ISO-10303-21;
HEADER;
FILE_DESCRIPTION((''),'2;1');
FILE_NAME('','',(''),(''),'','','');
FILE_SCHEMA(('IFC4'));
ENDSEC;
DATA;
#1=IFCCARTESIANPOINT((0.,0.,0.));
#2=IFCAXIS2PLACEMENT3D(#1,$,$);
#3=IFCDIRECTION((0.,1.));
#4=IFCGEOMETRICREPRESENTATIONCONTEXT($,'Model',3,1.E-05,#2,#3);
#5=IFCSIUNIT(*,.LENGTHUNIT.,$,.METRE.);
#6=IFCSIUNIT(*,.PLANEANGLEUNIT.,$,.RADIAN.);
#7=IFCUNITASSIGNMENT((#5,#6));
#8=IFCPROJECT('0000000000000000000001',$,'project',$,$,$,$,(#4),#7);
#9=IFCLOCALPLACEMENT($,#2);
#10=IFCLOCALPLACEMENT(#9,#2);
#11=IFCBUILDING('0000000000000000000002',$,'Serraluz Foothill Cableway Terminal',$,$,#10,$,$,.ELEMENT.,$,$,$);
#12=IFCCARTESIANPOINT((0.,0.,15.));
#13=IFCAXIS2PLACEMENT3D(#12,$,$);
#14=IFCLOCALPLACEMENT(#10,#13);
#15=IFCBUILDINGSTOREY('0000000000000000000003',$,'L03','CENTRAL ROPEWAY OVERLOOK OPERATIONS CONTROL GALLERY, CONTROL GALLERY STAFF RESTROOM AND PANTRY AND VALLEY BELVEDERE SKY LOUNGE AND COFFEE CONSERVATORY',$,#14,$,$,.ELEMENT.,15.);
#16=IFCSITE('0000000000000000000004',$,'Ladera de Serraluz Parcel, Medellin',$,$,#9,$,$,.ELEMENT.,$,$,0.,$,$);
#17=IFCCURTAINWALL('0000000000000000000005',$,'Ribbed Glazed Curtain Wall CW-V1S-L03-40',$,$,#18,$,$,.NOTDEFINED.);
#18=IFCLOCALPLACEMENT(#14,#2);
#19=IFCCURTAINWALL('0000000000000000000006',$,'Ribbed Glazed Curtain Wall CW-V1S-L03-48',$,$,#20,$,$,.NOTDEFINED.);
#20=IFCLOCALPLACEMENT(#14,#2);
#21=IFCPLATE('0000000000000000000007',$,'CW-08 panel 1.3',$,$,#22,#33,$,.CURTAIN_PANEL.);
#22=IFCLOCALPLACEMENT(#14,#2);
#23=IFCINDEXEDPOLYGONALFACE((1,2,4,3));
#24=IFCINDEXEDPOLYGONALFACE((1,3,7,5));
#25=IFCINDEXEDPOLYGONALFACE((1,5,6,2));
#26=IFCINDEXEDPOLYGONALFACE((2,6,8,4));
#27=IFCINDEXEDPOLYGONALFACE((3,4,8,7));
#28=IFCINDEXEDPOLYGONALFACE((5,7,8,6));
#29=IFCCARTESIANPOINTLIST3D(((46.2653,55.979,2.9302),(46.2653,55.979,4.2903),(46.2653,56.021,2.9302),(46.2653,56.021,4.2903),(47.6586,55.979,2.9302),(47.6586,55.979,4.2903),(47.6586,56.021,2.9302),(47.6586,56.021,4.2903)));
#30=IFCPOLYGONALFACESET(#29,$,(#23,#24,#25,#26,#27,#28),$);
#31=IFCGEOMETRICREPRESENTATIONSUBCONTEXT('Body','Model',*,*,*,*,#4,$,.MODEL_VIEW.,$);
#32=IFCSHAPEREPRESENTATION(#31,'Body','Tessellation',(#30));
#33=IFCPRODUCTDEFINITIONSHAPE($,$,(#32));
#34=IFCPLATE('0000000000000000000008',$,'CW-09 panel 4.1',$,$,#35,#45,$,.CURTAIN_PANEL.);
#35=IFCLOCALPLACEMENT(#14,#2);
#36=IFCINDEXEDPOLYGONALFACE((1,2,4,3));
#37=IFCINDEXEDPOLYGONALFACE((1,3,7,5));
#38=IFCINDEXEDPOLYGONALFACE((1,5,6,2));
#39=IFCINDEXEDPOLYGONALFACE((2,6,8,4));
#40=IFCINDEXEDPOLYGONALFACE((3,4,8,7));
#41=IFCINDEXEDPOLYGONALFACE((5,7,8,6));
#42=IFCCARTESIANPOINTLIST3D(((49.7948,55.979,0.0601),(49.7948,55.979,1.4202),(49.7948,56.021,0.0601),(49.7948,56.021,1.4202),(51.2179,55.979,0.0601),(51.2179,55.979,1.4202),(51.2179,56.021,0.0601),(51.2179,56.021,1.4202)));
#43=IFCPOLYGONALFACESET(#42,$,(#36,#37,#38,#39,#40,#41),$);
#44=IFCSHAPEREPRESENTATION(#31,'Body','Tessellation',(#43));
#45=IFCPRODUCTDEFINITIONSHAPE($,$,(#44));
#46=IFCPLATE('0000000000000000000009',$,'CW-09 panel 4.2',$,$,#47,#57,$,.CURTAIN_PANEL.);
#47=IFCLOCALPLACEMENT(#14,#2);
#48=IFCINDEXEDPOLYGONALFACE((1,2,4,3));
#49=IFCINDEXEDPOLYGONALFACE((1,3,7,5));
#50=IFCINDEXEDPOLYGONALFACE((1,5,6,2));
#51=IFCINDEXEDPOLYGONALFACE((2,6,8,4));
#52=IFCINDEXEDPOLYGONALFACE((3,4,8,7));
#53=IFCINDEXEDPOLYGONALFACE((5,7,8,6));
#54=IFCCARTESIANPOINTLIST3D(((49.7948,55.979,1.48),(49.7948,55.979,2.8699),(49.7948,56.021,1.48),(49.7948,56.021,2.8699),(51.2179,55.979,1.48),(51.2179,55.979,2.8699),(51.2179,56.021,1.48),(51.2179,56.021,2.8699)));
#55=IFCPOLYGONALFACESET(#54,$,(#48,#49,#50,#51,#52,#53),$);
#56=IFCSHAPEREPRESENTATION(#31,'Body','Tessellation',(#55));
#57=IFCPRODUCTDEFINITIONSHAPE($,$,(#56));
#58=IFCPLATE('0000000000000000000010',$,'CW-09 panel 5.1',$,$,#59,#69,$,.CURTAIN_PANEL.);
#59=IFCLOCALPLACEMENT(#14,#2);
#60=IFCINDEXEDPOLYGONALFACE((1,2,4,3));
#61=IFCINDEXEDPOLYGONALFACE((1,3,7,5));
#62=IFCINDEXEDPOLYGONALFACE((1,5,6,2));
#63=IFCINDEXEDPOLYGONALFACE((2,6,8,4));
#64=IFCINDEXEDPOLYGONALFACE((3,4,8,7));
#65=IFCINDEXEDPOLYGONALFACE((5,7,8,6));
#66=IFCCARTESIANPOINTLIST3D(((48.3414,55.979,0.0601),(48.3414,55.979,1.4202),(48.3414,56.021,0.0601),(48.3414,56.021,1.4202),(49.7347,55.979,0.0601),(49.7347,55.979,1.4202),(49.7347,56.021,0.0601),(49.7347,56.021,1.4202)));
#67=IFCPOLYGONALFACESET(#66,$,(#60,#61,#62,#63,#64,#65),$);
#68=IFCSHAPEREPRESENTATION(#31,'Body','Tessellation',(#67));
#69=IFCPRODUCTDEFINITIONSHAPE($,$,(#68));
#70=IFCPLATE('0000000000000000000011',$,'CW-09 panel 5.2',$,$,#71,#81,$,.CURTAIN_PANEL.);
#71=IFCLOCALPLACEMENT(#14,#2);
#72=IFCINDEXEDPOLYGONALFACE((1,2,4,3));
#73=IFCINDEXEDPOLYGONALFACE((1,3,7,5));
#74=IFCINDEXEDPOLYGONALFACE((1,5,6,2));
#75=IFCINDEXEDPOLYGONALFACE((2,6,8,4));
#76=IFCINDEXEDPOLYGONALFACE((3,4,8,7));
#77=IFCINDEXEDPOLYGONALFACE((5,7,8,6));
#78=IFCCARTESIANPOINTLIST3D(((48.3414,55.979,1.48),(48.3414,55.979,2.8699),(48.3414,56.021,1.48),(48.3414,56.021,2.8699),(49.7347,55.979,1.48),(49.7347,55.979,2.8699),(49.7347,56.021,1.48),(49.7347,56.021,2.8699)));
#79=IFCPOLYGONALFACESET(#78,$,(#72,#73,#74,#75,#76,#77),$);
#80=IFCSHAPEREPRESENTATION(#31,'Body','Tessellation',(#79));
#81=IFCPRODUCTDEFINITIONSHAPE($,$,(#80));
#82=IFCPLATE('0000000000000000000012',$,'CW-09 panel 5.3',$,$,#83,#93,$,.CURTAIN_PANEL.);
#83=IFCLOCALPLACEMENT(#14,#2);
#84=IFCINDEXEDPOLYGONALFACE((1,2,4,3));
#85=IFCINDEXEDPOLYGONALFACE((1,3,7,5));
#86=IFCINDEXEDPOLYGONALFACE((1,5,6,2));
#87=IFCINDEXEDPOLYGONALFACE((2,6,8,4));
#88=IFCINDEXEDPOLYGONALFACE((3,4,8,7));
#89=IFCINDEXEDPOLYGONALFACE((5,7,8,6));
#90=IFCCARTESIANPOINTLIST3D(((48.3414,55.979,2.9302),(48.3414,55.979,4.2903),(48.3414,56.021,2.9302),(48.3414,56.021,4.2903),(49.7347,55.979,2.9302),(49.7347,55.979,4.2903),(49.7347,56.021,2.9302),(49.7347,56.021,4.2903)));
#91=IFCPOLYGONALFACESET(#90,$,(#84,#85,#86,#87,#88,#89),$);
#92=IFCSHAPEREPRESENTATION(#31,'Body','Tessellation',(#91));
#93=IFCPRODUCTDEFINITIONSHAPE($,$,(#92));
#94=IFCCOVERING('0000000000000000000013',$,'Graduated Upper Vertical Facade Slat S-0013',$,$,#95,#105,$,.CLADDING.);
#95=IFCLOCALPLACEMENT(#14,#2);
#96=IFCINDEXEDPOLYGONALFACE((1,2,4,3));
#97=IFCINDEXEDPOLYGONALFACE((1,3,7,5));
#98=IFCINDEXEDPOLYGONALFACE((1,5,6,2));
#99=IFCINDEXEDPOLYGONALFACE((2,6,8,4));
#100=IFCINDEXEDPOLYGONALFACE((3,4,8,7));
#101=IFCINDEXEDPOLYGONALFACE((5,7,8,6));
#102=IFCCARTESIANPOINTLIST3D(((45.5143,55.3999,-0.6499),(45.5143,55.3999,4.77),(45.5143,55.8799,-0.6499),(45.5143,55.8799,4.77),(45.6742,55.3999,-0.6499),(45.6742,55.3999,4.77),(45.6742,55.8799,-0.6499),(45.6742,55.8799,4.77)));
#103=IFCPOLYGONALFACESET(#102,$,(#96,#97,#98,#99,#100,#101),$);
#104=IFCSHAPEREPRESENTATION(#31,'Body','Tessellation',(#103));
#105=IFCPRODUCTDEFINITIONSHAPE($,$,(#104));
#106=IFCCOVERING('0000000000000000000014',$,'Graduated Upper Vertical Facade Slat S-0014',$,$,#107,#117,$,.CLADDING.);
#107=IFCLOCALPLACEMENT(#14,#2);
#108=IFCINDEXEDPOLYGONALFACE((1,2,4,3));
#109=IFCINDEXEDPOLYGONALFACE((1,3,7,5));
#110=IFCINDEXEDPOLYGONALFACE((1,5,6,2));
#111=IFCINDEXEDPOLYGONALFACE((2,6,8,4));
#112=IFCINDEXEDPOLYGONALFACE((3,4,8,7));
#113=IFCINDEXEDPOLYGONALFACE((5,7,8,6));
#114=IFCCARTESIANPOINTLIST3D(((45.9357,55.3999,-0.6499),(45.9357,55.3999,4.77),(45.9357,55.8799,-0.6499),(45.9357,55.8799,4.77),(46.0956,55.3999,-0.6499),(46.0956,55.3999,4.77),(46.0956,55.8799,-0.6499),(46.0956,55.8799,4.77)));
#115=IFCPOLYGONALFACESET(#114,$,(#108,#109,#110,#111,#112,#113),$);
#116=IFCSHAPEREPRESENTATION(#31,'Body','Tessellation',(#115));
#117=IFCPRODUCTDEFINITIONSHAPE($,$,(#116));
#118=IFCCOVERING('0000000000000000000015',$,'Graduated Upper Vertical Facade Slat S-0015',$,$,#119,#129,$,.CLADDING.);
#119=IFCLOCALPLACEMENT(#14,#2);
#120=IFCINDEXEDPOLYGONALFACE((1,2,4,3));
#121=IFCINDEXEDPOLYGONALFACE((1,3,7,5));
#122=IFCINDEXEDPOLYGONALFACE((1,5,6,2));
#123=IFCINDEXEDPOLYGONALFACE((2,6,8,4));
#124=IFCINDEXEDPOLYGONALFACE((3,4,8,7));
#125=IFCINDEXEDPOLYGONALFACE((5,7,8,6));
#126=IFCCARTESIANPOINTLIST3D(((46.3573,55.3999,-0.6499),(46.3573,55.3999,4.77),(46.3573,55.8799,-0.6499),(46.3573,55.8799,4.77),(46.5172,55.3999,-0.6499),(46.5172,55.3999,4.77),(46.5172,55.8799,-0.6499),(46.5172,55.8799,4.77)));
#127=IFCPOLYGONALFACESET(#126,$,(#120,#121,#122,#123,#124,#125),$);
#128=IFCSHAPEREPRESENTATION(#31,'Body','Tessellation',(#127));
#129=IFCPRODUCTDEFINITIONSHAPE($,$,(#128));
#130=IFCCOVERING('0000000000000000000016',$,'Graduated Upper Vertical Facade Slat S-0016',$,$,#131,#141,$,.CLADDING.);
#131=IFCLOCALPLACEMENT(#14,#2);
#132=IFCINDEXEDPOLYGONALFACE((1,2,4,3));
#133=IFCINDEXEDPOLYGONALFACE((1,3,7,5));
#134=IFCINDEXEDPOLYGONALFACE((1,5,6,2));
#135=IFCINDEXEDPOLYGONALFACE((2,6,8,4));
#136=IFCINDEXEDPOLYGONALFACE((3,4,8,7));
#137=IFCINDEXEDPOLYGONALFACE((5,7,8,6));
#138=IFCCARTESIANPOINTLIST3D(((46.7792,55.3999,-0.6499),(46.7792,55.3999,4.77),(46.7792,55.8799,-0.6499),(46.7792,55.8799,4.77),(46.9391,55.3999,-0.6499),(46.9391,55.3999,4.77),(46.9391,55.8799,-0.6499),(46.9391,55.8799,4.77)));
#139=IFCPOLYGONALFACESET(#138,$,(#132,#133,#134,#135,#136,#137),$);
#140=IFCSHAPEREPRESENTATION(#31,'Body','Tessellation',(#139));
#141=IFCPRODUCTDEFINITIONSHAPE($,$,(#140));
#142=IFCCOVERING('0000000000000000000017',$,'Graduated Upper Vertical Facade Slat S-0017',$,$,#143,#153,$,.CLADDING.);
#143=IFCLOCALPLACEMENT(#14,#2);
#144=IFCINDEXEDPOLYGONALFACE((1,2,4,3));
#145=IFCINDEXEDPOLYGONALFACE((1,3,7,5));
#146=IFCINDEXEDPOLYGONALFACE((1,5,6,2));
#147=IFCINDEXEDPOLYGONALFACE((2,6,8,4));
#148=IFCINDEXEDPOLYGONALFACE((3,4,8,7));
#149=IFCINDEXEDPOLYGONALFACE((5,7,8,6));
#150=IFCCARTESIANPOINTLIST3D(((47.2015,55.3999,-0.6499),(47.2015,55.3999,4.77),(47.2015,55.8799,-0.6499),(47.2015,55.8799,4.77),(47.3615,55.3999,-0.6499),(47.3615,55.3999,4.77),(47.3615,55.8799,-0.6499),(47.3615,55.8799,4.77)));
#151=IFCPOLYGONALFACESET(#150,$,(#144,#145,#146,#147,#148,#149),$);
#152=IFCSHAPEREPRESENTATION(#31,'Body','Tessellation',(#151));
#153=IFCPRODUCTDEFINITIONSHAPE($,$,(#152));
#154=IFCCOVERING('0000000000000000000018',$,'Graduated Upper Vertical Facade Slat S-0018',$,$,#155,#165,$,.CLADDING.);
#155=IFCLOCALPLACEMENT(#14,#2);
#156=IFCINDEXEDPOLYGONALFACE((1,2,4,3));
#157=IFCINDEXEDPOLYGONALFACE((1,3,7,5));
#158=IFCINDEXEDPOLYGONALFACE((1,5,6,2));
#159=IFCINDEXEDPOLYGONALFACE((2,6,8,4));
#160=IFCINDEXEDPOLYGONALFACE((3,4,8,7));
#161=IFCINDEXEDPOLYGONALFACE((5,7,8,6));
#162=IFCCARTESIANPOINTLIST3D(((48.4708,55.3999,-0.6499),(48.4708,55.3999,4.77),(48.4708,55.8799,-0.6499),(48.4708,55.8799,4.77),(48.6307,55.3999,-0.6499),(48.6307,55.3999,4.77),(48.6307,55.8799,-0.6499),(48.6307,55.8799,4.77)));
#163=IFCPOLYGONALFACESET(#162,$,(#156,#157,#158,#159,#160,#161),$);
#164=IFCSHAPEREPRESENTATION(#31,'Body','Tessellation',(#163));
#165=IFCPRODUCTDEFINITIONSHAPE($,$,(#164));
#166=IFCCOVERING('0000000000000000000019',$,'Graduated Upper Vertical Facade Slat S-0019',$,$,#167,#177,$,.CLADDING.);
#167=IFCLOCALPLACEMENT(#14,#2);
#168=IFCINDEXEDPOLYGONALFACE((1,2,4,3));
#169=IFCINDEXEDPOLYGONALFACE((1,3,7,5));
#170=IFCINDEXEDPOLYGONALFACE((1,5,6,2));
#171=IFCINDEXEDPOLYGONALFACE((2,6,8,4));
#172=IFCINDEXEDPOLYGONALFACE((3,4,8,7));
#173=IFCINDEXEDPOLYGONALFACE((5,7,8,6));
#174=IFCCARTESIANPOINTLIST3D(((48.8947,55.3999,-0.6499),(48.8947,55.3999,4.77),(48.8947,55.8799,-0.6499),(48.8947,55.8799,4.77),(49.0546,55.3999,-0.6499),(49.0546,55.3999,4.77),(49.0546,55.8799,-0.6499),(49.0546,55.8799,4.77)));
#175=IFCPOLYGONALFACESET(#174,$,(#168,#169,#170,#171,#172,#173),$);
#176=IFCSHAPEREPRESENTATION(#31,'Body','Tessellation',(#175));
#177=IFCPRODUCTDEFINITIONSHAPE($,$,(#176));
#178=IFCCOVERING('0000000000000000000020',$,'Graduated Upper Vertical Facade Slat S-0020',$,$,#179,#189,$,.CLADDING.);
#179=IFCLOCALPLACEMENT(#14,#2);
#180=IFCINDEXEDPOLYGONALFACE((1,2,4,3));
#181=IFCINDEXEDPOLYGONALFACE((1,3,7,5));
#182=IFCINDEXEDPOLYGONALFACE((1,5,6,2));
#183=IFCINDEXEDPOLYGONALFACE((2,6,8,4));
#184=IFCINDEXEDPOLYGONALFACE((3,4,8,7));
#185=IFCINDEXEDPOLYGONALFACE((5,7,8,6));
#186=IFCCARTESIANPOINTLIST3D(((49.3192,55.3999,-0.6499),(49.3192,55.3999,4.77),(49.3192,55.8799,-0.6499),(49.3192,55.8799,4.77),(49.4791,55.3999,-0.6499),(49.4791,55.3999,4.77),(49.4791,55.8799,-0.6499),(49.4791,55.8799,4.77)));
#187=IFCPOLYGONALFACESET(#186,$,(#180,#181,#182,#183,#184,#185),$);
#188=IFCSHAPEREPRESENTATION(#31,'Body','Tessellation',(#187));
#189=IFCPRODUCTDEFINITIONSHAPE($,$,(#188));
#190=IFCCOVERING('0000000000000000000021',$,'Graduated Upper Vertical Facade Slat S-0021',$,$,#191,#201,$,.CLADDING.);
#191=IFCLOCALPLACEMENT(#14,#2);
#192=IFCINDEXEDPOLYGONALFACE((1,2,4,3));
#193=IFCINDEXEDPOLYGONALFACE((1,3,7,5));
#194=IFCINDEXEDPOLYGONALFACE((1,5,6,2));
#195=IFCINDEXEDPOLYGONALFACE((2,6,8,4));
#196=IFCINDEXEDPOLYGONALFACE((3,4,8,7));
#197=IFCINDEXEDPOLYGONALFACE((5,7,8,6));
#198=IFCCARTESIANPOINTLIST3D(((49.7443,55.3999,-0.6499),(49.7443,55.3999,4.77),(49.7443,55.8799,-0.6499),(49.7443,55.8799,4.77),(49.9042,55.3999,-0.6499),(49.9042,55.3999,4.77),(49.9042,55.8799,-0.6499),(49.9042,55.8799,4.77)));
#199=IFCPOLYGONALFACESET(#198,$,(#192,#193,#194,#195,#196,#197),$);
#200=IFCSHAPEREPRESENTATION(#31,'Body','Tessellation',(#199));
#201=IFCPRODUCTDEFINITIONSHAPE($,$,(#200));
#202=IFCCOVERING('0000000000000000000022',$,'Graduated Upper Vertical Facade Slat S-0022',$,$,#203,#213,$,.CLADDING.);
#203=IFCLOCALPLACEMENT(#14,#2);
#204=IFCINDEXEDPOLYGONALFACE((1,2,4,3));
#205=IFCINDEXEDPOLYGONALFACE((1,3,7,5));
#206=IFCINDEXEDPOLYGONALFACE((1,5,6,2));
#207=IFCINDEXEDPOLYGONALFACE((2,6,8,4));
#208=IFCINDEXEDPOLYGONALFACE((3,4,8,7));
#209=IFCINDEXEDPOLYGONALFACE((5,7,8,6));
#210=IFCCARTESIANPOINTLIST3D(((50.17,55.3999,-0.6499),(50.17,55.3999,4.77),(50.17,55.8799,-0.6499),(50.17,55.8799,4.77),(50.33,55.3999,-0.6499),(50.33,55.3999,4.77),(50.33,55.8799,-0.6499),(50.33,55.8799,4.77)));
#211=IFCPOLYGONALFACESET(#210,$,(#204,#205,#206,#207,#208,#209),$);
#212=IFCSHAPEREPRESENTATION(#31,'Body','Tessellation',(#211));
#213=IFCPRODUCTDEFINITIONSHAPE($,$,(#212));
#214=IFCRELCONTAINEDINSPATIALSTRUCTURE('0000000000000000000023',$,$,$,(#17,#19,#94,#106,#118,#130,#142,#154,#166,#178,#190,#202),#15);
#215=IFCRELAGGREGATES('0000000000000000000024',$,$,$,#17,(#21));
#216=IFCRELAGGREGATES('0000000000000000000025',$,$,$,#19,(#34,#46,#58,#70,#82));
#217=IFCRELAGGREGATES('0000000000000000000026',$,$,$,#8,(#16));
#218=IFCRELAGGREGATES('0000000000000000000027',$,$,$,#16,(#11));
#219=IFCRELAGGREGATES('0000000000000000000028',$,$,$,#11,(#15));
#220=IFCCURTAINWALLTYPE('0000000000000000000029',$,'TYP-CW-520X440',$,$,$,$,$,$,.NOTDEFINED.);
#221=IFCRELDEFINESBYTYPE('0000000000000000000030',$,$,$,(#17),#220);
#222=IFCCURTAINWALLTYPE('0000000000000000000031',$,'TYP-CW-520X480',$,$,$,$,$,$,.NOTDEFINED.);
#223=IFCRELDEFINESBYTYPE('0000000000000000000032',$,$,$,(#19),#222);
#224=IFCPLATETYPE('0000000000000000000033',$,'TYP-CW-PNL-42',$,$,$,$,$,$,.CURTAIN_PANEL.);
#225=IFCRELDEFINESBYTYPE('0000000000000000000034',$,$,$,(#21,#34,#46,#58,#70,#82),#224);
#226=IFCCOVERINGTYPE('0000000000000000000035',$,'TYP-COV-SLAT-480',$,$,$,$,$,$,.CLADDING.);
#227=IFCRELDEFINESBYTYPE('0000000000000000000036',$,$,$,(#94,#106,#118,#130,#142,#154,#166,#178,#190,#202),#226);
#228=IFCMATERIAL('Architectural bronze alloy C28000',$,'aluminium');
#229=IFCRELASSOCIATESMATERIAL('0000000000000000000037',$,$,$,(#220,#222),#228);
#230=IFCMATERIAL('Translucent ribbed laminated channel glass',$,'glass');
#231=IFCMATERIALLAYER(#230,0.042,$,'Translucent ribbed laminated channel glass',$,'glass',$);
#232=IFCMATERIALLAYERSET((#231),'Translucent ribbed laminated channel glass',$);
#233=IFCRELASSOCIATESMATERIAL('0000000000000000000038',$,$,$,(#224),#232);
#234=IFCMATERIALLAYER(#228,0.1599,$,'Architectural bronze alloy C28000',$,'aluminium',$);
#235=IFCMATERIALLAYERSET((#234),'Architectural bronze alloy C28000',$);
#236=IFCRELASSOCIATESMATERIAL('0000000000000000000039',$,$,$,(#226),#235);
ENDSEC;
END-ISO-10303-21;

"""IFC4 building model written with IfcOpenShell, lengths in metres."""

from ifc_helpers import new_model, si_unit, direction, frame, origin, origin_2d, place, context, subcontext, project, spatial, rectangle, extrude, material, layer, layer_set, type_object, element, aggregate, save


model = new_model("IFC4")

# Units and contexts
model_context = context("Model", 3, precision=1e-05, world=origin(), true_north=direction((0.0, 1.0)))
body_context = subcontext(model_context, "Body", "Model", "MODEL_VIEW")
ifc_project = project(units=[si_unit("LENGTHUNIT", "METRE"), si_unit("PLANEANGLEUNIT", "RADIAN")], contexts=[model_context])

# Site, building, storey
site_placement = place(None, origin())
site = spatial("IfcSite", under=ifc_project, at=site_placement, Name="Ladera de Serraluz Parcel, Medellin", CompositionType="ELEMENT", RefElevation=0.0)
building_placement = place(site_placement, origin())
building = spatial("IfcBuilding", under=site, at=building_placement, Name="Serraluz Foothill Cableway Terminal", CompositionType="ELEMENT")
storey_placement = place(building_placement, frame((0.0, 0.0, 15.0)))
storey = spatial("IfcBuildingStorey", under=building, at=storey_placement, Name="L03", Description="CENTRAL ROPEWAY OVERLOOK OPERATIONS CONTROL GALLERY, CONTROL GALLERY STAFF RESTROOM AND PANTRY AND VALLEY BELVEDERE SKY LOUNGE AND COFFEE CONSERVATORY", CompositionType="ELEMENT", Elevation=15.0)

# Curtain walls
ifc_material_1 = material(Name="Architectural bronze alloy C28000", Category="aluminium")
curtain_wall_type_1 = type_object("IfcCurtainWallType", Name="TYP-CW-520X440", PredefinedType="NOTDEFINED", material=ifc_material_1)
curtain_wall_1_placement = place(storey_placement, origin())
curtain_wall_1 = element("IfcCurtainWall", 1, at=curtain_wall_1_placement, inside=storey, type_object=curtain_wall_type_1, Name="Ribbed Glazed Curtain Wall CW-V1S-L03-40", PredefinedType="NOTDEFINED")
curtain_wall_type_2 = type_object("IfcCurtainWallType", Name="TYP-CW-520X480", PredefinedType="NOTDEFINED", material=ifc_material_1)
curtain_wall_2_placement = place(storey_placement, origin())
curtain_wall_2 = element("IfcCurtainWall", 2, at=curtain_wall_2_placement, inside=storey, type_object=curtain_wall_type_2, Name="Ribbed Glazed Curtain Wall CW-V1S-L03-48", PredefinedType="NOTDEFINED")

# Plates
ifc_material_2 = material(Name="Translucent ribbed laminated channel glass", Category="glass")
ifc_layer_1 = layer(ifc_material_2, 0.042, Name="Translucent ribbed laminated channel glass", Category="glass")
ifc_layer_set_1 = layer_set([ifc_layer_1], Name="Translucent ribbed laminated channel glass")
plate_type = type_object("IfcPlateType", Name="TYP-CW-PNL-42", PredefinedType="CURTAIN_PANEL", material=ifc_layer_set_1)
plate_1_placement = place(storey_placement, frame((46.9619, 56.0, 2.9302), z_axis=(0.0, 0.0, 1.0), x_axis=(-1.0, 0.0, 0.0)))
plate_1 = element("IfcPlate", 3, at=plate_1_placement, type_object=plate_type, Name="CW-08 panel 1.3", PredefinedType="CURTAIN_PANEL", context=body_context, shape_type="SweptSolid", body=[
    extrude(rectangle(XDim=1.3933, YDim=0.042, at=origin_2d()), origin(), (0.0, 0.0, 1.0), 1.3601),
])
aggregate(curtain_wall_1, [plate_1])
plate_2_placement = place(storey_placement, frame((50.5063, 56.0, 0.0601), z_axis=(0.0, 0.0, 1.0), x_axis=(-1.0, 0.0, 0.0)))
plate_2 = element("IfcPlate", 4, at=plate_2_placement, type_object=plate_type, Name="CW-09 panel 4.1", PredefinedType="CURTAIN_PANEL", context=body_context, shape_type="SweptSolid", body=[
    extrude(rectangle(XDim=1.4231, YDim=0.042, at=origin_2d()), origin(), (0.0, 0.0, 1.0), 1.3601),
])
plate_3_placement = place(storey_placement, frame((50.5063, 56.0, 1.48), z_axis=(0.0, 0.0, 1.0), x_axis=(-1.0, 0.0, 0.0)))
plate_3 = element("IfcPlate", 5, at=plate_3_placement, type_object=plate_type, Name="CW-09 panel 4.2", PredefinedType="CURTAIN_PANEL", context=body_context, shape_type="SweptSolid", body=[
    extrude(rectangle(XDim=1.4231, YDim=0.042, at=origin_2d()), origin(), (0.0, 0.0, 1.0), 1.3899),
])
plate_4_placement = place(storey_placement, frame((49.0381, 56.0, 0.0601), z_axis=(0.0, 0.0, 1.0), x_axis=(-1.0, 0.0, 0.0)))
plate_4 = element("IfcPlate", 6, at=plate_4_placement, type_object=plate_type, Name="CW-09 panel 5.1", PredefinedType="CURTAIN_PANEL", context=body_context, shape_type="SweptSolid", body=[
    extrude(rectangle(XDim=1.3933, YDim=0.042, at=origin_2d()), origin(), (0.0, 0.0, 1.0), 1.3601),
])
plate_5_placement = place(storey_placement, frame((49.0381, 56.0, 1.48), z_axis=(0.0, 0.0, 1.0), x_axis=(-1.0, 0.0, 0.0)))
plate_5 = element("IfcPlate", 7, at=plate_5_placement, type_object=plate_type, Name="CW-09 panel 5.2", PredefinedType="CURTAIN_PANEL", context=body_context, shape_type="SweptSolid", body=[
    extrude(rectangle(XDim=1.3933, YDim=0.042, at=origin_2d()), origin(), (0.0, 0.0, 1.0), 1.3899),
])
plate_6_placement = place(storey_placement, frame((49.0381, 56.0, 2.9302), z_axis=(0.0, 0.0, 1.0), x_axis=(-1.0, 0.0, 0.0)))
plate_6 = element("IfcPlate", 8, at=plate_6_placement, type_object=plate_type, Name="CW-09 panel 5.3", PredefinedType="CURTAIN_PANEL", context=body_context, shape_type="SweptSolid", body=[
    extrude(rectangle(XDim=1.3933, YDim=0.042, at=origin_2d()), origin(), (0.0, 0.0, 1.0), 1.3601),
])
aggregate(curtain_wall_2, [plate_2, plate_3, plate_4, plate_5, plate_6])

# Coverings
ifc_layer_2 = layer(ifc_material_1, 0.1599, Name="Architectural bronze alloy C28000", Category="aluminium")
ifc_layer_set_2 = layer_set([ifc_layer_2], Name="Architectural bronze alloy C28000")
covering_type = type_object("IfcCoveringType", Name="TYP-COV-SLAT-480", PredefinedType="CLADDING", material=ifc_layer_set_2)
for number, where, z_axis, x_axis, name in (
    (9, (45.5942, 55.6399, -0.6499), (0.0, 0.0, 1.0), (1.0, 0.0, 0.0), "Graduated Upper Vertical Facade Slat S-0013"),
    (10, (46.0156, 55.6399, -0.6499), (0.0, 0.0, 1.0), (1.0, 0.0, 0.0), "Graduated Upper Vertical Facade Slat S-0014"),
    (11, (46.4373, 55.6399, -0.6499), (0.0, 0.0, 1.0), (1.0, 0.0, 0.0), "Graduated Upper Vertical Facade Slat S-0015"),
    (12, (46.8591, 55.6399, -0.6499), (0.0, 0.0, 1.0), (1.0, 0.0, 0.0), "Graduated Upper Vertical Facade Slat S-0016"),
    (13, (47.2815, 55.6399, -0.6499), (0.0, 0.0, 1.0), (1.0, 0.0, 0.0), "Graduated Upper Vertical Facade Slat S-0017"),
    (14, (48.5508, 55.6399, -0.6499), (0.0, 0.0, 1.0), (1.0, 0.0, 0.0), "Graduated Upper Vertical Facade Slat S-0018"),
    (15, (48.9746, 55.6399, -0.6499), (0.0, 0.0, 1.0), (1.0, 0.0, 0.0), "Graduated Upper Vertical Facade Slat S-0019"),
    (16, (49.3992, 55.6399, -0.6499), (0.0, 0.0, 1.0), (1.0, 0.0, 0.0), "Graduated Upper Vertical Facade Slat S-0020"),
    (17, (49.8242, 55.6399, -0.6499), (0.0, 0.0, 1.0), (1.0, 0.0, 0.0), "Graduated Upper Vertical Facade Slat S-0021"),
    (18, (50.25, 55.6399, -0.6499), (0.0, 0.0, 1.0), (1.0, 0.0, 0.0), "Graduated Upper Vertical Facade Slat S-0022"),
):
    element("IfcCovering", number, at=place(storey_placement, frame(where, z_axis=z_axis, x_axis=x_axis)), inside=storey, type_object=covering_type, Name=name, PredefinedType="CLADDING", context=body_context, shape_type="SweptSolid", body=[
        extrude(rectangle(XDim=0.1599, YDim=0.48, at=origin_2d()), origin(), (0.0, 0.0, 1.0), 5.4199),
    ])

save(model, "model.ifc")
